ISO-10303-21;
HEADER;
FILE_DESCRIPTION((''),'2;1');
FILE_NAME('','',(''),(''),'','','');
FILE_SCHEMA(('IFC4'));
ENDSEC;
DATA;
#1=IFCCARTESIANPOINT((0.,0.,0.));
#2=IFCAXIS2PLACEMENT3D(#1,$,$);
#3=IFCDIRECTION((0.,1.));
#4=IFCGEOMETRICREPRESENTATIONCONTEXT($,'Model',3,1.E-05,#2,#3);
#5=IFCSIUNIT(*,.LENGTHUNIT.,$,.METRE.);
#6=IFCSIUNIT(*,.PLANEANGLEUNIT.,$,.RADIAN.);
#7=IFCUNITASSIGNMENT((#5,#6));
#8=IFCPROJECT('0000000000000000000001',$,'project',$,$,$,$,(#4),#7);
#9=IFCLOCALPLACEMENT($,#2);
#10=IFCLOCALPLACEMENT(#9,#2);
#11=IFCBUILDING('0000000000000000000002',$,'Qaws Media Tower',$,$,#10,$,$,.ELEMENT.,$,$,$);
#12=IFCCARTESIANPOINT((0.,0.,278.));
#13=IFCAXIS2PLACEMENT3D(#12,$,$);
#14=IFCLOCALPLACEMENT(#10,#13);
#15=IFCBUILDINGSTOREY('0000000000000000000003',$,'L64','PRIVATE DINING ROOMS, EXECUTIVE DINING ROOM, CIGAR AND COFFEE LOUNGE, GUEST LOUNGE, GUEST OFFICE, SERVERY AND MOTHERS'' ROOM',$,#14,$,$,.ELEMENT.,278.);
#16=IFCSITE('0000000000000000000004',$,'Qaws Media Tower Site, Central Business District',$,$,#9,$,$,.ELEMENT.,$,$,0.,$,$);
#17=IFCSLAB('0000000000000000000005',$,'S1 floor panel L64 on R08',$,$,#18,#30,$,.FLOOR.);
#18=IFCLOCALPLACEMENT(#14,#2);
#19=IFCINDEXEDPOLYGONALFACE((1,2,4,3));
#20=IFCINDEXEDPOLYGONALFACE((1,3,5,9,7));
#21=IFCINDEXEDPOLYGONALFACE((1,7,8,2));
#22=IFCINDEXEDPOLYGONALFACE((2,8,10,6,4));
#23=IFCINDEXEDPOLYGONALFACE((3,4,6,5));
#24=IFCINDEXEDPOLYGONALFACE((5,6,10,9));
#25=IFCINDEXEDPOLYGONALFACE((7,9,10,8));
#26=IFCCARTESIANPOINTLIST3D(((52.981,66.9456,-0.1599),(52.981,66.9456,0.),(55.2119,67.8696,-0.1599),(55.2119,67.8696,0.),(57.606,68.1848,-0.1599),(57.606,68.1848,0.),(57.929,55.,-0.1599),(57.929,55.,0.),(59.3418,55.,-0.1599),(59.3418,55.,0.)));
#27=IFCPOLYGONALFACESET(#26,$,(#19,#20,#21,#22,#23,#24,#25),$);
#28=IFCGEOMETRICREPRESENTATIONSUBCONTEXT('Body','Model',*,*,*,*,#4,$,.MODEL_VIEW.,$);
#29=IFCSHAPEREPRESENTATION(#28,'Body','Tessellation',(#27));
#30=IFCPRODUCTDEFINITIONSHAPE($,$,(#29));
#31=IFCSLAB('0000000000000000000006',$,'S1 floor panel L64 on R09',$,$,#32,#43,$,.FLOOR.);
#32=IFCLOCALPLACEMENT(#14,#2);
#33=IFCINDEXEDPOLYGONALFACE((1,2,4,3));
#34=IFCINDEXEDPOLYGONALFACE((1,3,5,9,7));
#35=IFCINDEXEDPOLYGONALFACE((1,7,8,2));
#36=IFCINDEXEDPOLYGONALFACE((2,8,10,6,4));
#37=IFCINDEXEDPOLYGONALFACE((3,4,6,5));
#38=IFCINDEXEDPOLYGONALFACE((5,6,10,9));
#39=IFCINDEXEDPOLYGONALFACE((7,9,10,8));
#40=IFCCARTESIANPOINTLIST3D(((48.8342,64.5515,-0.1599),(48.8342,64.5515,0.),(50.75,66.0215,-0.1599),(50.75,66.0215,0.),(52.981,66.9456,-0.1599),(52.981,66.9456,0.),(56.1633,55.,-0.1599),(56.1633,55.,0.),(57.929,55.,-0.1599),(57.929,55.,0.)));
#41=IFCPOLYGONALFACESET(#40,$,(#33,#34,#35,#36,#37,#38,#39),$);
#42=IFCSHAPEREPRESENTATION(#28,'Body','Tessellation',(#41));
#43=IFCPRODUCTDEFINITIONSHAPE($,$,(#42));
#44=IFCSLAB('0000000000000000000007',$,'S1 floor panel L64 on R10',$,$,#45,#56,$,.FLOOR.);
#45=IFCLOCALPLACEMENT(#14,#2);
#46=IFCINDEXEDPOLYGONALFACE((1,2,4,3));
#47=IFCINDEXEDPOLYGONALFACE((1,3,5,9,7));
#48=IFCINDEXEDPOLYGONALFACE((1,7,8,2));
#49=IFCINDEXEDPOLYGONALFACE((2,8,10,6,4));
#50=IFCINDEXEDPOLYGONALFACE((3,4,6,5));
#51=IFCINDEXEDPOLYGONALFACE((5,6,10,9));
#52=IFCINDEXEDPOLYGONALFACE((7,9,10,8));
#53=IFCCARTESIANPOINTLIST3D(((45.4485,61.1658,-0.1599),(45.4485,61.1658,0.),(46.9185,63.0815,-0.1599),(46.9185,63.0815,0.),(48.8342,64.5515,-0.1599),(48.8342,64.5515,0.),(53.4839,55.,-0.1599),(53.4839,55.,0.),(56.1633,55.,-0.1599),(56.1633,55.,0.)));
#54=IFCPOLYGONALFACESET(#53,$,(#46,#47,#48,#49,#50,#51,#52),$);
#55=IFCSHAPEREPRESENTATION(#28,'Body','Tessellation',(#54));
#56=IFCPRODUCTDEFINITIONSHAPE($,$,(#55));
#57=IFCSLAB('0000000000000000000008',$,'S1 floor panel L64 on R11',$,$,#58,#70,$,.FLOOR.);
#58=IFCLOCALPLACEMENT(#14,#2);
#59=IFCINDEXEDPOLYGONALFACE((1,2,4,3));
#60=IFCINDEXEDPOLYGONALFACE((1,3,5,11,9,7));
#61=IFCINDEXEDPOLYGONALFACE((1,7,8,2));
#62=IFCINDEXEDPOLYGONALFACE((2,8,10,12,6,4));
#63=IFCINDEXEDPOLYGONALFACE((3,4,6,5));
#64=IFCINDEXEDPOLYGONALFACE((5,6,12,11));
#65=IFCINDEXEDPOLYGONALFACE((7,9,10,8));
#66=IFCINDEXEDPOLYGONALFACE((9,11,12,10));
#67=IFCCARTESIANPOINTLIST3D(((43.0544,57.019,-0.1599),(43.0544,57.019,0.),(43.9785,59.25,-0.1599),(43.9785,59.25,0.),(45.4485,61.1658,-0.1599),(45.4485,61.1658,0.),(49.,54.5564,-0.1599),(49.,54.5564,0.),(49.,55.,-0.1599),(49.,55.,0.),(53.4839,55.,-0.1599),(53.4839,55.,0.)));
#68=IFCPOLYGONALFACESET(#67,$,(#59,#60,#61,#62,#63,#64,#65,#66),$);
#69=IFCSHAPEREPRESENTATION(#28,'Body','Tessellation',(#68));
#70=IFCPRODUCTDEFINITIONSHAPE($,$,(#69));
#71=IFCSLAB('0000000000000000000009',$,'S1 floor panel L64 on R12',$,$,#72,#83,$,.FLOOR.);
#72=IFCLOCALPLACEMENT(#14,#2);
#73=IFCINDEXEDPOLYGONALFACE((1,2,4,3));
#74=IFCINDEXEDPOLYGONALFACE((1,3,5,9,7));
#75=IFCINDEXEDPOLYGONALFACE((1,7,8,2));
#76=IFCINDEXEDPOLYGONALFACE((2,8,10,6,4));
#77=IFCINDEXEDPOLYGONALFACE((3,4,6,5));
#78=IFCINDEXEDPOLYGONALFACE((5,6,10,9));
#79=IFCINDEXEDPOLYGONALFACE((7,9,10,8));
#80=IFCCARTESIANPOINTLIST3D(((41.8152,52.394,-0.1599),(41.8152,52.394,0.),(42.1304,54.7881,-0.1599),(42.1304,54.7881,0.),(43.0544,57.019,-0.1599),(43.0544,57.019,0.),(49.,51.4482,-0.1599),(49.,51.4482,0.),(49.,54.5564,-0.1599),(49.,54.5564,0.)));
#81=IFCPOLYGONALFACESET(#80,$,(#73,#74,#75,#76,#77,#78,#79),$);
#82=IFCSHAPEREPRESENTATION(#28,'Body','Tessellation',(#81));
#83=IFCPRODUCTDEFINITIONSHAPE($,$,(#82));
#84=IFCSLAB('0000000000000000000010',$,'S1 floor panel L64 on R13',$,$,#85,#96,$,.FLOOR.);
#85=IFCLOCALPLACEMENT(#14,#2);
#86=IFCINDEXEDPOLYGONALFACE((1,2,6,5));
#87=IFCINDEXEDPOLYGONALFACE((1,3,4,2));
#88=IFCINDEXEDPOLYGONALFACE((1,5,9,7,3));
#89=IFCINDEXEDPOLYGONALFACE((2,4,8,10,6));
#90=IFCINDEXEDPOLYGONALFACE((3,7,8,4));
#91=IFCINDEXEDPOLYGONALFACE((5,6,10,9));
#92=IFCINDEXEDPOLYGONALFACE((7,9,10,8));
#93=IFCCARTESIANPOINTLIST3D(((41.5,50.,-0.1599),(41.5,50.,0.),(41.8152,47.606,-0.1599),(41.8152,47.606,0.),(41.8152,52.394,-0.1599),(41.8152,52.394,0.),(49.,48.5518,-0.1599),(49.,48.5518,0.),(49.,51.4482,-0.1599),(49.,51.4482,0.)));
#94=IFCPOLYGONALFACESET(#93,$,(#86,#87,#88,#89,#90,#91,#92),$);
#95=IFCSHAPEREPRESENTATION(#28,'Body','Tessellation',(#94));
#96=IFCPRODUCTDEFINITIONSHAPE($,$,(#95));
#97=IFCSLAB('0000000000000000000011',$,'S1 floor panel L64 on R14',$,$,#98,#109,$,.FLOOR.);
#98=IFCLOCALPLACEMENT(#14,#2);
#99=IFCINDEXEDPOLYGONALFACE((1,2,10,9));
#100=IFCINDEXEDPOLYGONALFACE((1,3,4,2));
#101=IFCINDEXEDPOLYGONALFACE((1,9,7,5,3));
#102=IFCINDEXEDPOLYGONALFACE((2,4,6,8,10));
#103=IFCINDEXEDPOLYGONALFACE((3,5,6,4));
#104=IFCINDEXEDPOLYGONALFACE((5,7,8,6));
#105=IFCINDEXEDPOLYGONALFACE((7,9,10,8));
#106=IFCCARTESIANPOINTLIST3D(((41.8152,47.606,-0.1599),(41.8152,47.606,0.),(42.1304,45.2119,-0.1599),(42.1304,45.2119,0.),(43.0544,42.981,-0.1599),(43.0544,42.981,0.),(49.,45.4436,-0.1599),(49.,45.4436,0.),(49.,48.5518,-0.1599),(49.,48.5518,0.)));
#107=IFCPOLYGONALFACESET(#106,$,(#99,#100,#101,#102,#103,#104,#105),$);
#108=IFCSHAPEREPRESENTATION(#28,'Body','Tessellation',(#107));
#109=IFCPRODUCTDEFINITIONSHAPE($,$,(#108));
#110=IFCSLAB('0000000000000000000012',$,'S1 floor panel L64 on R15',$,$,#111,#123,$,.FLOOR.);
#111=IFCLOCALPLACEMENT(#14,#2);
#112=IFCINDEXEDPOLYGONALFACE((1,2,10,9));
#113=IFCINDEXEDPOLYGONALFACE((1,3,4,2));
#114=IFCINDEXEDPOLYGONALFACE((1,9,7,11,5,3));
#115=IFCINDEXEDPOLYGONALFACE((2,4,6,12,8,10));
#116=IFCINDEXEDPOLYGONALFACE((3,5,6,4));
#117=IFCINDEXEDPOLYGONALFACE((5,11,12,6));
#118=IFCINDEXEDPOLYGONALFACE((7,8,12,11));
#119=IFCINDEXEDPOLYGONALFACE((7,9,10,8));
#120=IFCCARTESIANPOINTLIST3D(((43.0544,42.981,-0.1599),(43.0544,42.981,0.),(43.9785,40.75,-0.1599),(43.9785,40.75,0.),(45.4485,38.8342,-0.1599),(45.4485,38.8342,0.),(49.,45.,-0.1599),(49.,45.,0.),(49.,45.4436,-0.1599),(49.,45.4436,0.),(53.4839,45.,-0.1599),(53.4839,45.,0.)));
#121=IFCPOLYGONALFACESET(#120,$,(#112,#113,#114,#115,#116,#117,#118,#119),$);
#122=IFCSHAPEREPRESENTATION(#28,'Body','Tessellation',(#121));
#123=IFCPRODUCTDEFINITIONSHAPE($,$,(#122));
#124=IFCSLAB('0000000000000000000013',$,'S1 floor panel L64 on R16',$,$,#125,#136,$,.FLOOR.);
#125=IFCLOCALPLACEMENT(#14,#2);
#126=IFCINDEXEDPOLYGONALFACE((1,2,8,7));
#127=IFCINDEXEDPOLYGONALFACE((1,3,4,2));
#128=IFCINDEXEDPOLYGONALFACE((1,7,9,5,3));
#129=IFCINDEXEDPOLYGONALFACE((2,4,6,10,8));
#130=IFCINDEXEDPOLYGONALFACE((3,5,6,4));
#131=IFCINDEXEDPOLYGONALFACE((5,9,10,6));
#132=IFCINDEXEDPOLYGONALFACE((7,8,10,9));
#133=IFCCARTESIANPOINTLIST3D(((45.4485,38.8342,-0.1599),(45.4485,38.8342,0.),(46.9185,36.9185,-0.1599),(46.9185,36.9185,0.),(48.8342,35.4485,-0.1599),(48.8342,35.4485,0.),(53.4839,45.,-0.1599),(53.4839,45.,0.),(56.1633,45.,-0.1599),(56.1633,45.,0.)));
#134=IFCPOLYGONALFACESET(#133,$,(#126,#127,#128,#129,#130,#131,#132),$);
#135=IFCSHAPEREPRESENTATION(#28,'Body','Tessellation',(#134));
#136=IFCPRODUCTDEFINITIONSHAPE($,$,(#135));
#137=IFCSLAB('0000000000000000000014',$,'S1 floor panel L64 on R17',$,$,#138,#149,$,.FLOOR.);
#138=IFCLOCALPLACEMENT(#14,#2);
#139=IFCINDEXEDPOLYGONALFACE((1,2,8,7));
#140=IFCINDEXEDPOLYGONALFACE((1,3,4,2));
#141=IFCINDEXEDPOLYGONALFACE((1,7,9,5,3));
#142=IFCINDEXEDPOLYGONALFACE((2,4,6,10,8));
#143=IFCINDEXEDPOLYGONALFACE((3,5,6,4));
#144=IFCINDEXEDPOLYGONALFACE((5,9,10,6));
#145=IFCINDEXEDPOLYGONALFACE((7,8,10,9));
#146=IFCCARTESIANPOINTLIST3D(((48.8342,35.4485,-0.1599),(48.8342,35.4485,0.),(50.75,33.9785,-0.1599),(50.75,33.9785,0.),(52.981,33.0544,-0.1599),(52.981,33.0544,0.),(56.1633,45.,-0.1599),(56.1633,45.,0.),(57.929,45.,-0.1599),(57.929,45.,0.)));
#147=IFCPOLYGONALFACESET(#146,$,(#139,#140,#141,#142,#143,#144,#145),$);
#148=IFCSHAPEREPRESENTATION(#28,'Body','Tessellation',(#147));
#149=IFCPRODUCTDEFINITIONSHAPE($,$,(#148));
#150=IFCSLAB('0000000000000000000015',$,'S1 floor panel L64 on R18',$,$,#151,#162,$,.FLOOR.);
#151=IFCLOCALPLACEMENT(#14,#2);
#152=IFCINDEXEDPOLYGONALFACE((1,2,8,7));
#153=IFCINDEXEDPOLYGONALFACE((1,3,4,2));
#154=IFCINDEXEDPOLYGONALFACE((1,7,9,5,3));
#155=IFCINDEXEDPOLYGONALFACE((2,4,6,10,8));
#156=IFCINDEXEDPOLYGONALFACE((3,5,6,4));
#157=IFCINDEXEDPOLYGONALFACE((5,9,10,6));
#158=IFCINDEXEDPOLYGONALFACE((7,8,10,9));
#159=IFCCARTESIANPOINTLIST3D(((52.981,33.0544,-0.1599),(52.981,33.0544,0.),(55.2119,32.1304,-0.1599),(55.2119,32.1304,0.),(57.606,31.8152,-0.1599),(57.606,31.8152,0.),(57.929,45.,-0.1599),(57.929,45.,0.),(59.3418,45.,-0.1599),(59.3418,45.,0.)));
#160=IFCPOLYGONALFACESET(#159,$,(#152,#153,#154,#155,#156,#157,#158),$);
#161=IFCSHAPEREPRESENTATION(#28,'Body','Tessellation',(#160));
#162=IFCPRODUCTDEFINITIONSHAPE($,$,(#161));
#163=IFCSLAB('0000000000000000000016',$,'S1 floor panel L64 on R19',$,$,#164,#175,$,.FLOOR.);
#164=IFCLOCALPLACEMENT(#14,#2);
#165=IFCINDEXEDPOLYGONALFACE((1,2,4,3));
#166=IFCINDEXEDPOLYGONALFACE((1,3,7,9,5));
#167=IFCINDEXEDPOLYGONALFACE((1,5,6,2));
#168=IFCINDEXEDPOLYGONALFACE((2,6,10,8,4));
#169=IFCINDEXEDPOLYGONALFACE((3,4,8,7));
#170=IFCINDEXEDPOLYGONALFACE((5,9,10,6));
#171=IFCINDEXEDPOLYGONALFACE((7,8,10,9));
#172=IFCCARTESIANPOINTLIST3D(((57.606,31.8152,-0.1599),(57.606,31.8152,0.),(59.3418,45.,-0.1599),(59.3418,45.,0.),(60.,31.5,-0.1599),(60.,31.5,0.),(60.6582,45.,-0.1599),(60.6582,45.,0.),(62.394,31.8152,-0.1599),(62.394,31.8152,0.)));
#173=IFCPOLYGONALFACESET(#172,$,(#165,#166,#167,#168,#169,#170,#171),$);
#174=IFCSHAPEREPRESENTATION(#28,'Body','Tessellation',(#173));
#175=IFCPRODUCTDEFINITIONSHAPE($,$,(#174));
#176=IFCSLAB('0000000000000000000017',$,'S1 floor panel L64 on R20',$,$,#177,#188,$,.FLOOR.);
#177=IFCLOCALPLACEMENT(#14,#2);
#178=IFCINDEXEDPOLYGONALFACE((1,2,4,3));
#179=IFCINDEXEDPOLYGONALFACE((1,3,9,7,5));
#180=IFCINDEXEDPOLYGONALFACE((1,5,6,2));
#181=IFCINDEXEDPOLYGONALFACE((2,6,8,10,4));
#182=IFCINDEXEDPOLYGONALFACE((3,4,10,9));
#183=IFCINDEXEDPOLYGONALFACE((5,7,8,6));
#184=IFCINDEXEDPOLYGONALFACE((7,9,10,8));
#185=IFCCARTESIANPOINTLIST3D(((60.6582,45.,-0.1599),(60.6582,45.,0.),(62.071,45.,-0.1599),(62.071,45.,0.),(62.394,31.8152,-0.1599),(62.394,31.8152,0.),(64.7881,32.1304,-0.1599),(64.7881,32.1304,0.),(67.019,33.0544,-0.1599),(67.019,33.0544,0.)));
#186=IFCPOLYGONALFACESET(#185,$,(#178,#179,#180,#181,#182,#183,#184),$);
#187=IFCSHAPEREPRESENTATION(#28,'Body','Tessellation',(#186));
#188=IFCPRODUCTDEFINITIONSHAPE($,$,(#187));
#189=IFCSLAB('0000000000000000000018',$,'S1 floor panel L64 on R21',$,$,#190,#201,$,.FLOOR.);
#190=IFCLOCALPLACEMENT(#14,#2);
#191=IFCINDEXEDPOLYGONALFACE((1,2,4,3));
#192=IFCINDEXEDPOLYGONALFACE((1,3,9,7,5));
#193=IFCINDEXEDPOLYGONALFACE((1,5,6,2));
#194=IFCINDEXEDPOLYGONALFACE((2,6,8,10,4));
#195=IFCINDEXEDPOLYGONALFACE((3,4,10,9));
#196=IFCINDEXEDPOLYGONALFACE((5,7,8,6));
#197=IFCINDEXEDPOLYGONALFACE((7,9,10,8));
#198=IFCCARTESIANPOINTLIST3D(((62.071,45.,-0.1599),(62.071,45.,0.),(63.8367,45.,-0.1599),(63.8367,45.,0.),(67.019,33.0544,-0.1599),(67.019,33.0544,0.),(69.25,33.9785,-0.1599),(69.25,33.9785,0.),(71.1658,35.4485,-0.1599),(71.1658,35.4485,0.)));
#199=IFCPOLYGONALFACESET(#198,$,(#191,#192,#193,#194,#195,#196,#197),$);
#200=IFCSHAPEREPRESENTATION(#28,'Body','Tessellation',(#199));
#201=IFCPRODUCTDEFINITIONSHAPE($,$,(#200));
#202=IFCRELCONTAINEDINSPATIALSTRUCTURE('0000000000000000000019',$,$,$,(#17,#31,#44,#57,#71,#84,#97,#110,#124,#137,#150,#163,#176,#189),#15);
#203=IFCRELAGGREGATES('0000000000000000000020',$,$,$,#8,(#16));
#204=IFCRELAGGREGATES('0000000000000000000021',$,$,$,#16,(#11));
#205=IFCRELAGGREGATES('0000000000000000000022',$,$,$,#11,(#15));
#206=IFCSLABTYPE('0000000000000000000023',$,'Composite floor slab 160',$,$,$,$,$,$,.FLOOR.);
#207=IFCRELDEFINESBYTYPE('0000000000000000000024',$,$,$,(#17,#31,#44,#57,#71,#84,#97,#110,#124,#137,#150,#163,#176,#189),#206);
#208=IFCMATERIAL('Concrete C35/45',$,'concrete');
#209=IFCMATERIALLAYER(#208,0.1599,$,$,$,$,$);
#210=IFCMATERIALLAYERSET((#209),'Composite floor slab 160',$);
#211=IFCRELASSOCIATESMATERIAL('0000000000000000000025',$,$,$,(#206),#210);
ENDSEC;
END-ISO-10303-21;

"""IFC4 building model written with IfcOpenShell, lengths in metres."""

from ifc_helpers import new_model, si_unit, direction, frame, origin, place, context, subcontext, project, spatial, polyline, outline, extrude, material, layer, layer_set, type_object, element, save


model = new_model("IFC4")

# Units and contexts
model_context = context("Model", 3, precision=1e-05, world=origin(), true_north=direction((0.0, 1.0)))
body_context = subcontext(model_context, "Body", "Model", "MODEL_VIEW")
ifc_project = project(units=[si_unit("LENGTHUNIT", "METRE"), si_unit("PLANEANGLEUNIT", "RADIAN")], contexts=[model_context])

# Site, building, storey
site_placement = place(None, origin())
site = spatial("IfcSite", under=ifc_project, at=site_placement, Name="Qaws Media Tower Site, Central Business District", CompositionType="ELEMENT", RefElevation=0.0)
building_placement = place(site_placement, origin())
building = spatial("IfcBuilding", under=site, at=building_placement, Name="Qaws Media Tower", CompositionType="ELEMENT")
storey_placement = place(building_placement, frame((0.0, 0.0, 278.0)))
storey = spatial("IfcBuildingStorey", under=building, at=storey_placement, Name="L64", Description="PRIVATE DINING ROOMS, EXECUTIVE DINING ROOM, CIGAR AND COFFEE LOUNGE, GUEST LOUNGE, GUEST OFFICE, SERVERY AND MOTHERS' ROOM", CompositionType="ELEMENT", Elevation=278.0)

# Slabs
ifc_material_1 = material(Name="Concrete C35/45", Category="concrete")
ifc_layer_1 = layer(ifc_material_1, 0.1599)
ifc_layer_set_1 = layer_set([ifc_layer_1], Name="Composite floor slab 160")
slab_type_1 = type_object("IfcSlabType", Name="Composite floor slab 160", PredefinedType="FLOOR", material=ifc_layer_set_1)
slab_1_placement = place(storey_placement, frame((0.0, 0.0, -0.1599)))
element("IfcSlab", 1, at=slab_1_placement, inside=storey, type_object=slab_type_1, Name="S1 floor panel L64 on R08", PredefinedType="FLOOR", context=body_context, shape_type="SweptSolid", body=[
    extrude(outline(polyline([(55.2119, 67.8696), (57.606, 68.1848), (59.3418, 55.0), (57.929, 55.0), (52.981, 66.9456), (55.2119, 67.8696)])), origin(), (0.0, 0.0, 1.0), 0.1599),
])
slab_2_placement = place(storey_placement, frame((0.0, 0.0, -0.1599)))
element("IfcSlab", 2, at=slab_2_placement, inside=storey, type_object=slab_type_1, Name="S1 floor panel L64 on R09", PredefinedType="FLOOR", context=body_context, shape_type="SweptSolid", body=[
    extrude(outline(polyline([(50.75, 66.0215), (52.981, 66.9456), (57.929, 55.0), (56.1633, 55.0), (48.8342, 64.5515), (50.75, 66.0215)])), origin(), (0.0, 0.0, 1.0), 0.1599),
])
slab_3_placement = place(storey_placement, frame((0.0, 0.0, -0.1599)))
element("IfcSlab", 3, at=slab_3_placement, inside=storey, type_object=slab_type_1, Name="S1 floor panel L64 on R10", PredefinedType="FLOOR", context=body_context, shape_type="SweptSolid", body=[
    extrude(outline(polyline([(46.9185, 63.0815), (48.8342, 64.5515), (56.1633, 55.0), (53.4839, 55.0), (45.4485, 61.1658), (46.9185, 63.0815)])), origin(), (0.0, 0.0, 1.0), 0.1599),
])
slab_4_placement = place(storey_placement, frame((0.0, 0.0, -0.1599)))
element("IfcSlab", 4, at=slab_4_placement, inside=storey, type_object=slab_type_1, Name="S1 floor panel L64 on R11", PredefinedType="FLOOR", context=body_context, shape_type="SweptSolid", body=[
    extrude(outline(polyline([(43.9785, 59.25), (45.4485, 61.1658), (53.4839, 55.0), (49.0, 55.0), (49.0, 54.5564), (43.0544, 57.019), (43.9785, 59.25)])), origin(), (0.0, 0.0, 1.0), 0.1599),
])
slab_5_placement = place(storey_placement, frame((0.0, 0.0, -0.1599)))
element("IfcSlab", 5, at=slab_5_placement, inside=storey, type_object=slab_type_1, Name="S1 floor panel L64 on R12", PredefinedType="FLOOR", context=body_context, shape_type="SweptSolid", body=[
    extrude(outline(polyline([(42.1304, 54.7881), (43.0544, 57.019), (49.0, 54.5564), (49.0, 51.4482), (41.8152, 52.394), (42.1304, 54.7881)])), origin(), (0.0, 0.0, 1.0), 0.1599),
])
slab_6_placement = place(storey_placement, frame((0.0, 0.0, -0.1599)))
element("IfcSlab", 6, at=slab_6_placement, inside=storey, type_object=slab_type_1, Name="S1 floor panel L64 on R13", PredefinedType="FLOOR", context=body_context, shape_type="SweptSolid", body=[
    extrude(outline(polyline([(41.5, 50.0), (41.8152, 52.394), (49.0, 51.4482), (49.0, 48.5518), (41.8152, 47.606), (41.5, 50.0)])), origin(), (0.0, 0.0, 1.0), 0.1599),
])
slab_7_placement = place(storey_placement, frame((0.0, 0.0, -0.1599)))
element("IfcSlab", 7, at=slab_7_placement, inside=storey, type_object=slab_type_1, Name="S1 floor panel L64 on R14", PredefinedType="FLOOR", context=body_context, shape_type="SweptSolid", body=[
    extrude(outline(polyline([(42.1304, 45.2119), (41.8152, 47.606), (49.0, 48.5518), (49.0, 45.4436), (43.0544, 42.981), (42.1304, 45.2119)])), origin(), (0.0, 0.0, 1.0), 0.1599),
])
slab_8_placement = place(storey_placement, frame((0.0, 0.0, -0.1599)))
element("IfcSlab", 8, at=slab_8_placement, inside=storey, type_object=slab_type_1, Name="S1 floor panel L64 on R15", PredefinedType="FLOOR", context=body_context, shape_type="SweptSolid", body=[
    extrude(outline(polyline([(43.9785, 40.75), (43.0544, 42.981), (49.0, 45.4436), (49.0, 45.0), (53.4839, 45.0), (45.4485, 38.8342), (43.9785, 40.75)])), origin(), (0.0, 0.0, 1.0), 0.1599),
])
slab_9_placement = place(storey_placement, frame((0.0, 0.0, -0.1599)))
element("IfcSlab", 9, at=slab_9_placement, inside=storey, type_object=slab_type_1, Name="S1 floor panel L64 on R16", PredefinedType="FLOOR", context=body_context, shape_type="SweptSolid", body=[
    extrude(outline(polyline([(46.9185, 36.9185), (45.4485, 38.8342), (53.4839, 45.0), (56.1633, 45.0), (48.8342, 35.4485), (46.9185, 36.9185)])), origin(), (0.0, 0.0, 1.0), 0.1599),
])
slab_10_placement = place(storey_placement, frame((0.0, 0.0, -0.1599)))
element("IfcSlab", 10, at=slab_10_placement, inside=storey, type_object=slab_type_1, Name="S1 floor panel L64 on R17", PredefinedType="FLOOR", context=body_context, shape_type="SweptSolid", body=[
    extrude(outline(polyline([(50.75, 33.9785), (48.8342, 35.4485), (56.1633, 45.0), (57.929, 45.0), (52.981, 33.0544), (50.75, 33.9785)])), origin(), (0.0, 0.0, 1.0), 0.1599),
])
slab_11_placement = place(storey_placement, frame((0.0, 0.0, -0.1599)))
element("IfcSlab", 11, at=slab_11_placement, inside=storey, type_object=slab_type_1, Name="S1 floor panel L64 on R18", PredefinedType="FLOOR", context=body_context, shape_type="SweptSolid", body=[
    extrude(outline(polyline([(55.2119, 32.1304), (52.981, 33.0544), (57.929, 45.0), (59.3418, 45.0), (57.606, 31.8152), (55.2119, 32.1304)])), origin(), (0.0, 0.0, 1.0), 0.1599),
])
slab_12_placement = place(storey_placement, frame((0.0, 0.0, -0.1599)))
element("IfcSlab", 12, at=slab_12_placement, inside=storey, type_object=slab_type_1, Name="S1 floor panel L64 on R19", PredefinedType="FLOOR", context=body_context, shape_type="SweptSolid", body=[
    extrude(outline(polyline([(60.0, 31.5), (57.606, 31.8152), (59.3418, 45.0), (60.6582, 45.0), (62.394, 31.8152), (60.0, 31.5)])), origin(), (0.0, 0.0, 1.0), 0.1599),
])
slab_13_placement = place(storey_placement, frame((0.0, 0.0, -0.1599)))
element("IfcSlab", 13, at=slab_13_placement, inside=storey, type_object=slab_type_1, Name="S1 floor panel L64 on R20", PredefinedType="FLOOR", context=body_context, shape_type="SweptSolid", body=[
    extrude(outline(polyline([(64.7881, 32.1304), (62.394, 31.8152), (60.6582, 45.0), (62.071, 45.0), (67.019, 33.0544), (64.7881, 32.1304)])), origin(), (0.0, 0.0, 1.0), 0.1599),
])
slab_14_placement = place(storey_placement, frame((0.0, 0.0, -0.1599)))
element("IfcSlab", 14, at=slab_14_placement, inside=storey, type_object=slab_type_1, Name="S1 floor panel L64 on R21", PredefinedType="FLOOR", context=body_context, shape_type="SweptSolid", body=[
    extrude(outline(polyline([(69.25, 33.9785), (67.019, 33.0544), (62.071, 45.0), (63.8367, 45.0), (71.1658, 35.4485), (69.25, 33.9785)])), origin(), (0.0, 0.0, 1.0), 0.1599),
])

save(model, "model.ifc")
